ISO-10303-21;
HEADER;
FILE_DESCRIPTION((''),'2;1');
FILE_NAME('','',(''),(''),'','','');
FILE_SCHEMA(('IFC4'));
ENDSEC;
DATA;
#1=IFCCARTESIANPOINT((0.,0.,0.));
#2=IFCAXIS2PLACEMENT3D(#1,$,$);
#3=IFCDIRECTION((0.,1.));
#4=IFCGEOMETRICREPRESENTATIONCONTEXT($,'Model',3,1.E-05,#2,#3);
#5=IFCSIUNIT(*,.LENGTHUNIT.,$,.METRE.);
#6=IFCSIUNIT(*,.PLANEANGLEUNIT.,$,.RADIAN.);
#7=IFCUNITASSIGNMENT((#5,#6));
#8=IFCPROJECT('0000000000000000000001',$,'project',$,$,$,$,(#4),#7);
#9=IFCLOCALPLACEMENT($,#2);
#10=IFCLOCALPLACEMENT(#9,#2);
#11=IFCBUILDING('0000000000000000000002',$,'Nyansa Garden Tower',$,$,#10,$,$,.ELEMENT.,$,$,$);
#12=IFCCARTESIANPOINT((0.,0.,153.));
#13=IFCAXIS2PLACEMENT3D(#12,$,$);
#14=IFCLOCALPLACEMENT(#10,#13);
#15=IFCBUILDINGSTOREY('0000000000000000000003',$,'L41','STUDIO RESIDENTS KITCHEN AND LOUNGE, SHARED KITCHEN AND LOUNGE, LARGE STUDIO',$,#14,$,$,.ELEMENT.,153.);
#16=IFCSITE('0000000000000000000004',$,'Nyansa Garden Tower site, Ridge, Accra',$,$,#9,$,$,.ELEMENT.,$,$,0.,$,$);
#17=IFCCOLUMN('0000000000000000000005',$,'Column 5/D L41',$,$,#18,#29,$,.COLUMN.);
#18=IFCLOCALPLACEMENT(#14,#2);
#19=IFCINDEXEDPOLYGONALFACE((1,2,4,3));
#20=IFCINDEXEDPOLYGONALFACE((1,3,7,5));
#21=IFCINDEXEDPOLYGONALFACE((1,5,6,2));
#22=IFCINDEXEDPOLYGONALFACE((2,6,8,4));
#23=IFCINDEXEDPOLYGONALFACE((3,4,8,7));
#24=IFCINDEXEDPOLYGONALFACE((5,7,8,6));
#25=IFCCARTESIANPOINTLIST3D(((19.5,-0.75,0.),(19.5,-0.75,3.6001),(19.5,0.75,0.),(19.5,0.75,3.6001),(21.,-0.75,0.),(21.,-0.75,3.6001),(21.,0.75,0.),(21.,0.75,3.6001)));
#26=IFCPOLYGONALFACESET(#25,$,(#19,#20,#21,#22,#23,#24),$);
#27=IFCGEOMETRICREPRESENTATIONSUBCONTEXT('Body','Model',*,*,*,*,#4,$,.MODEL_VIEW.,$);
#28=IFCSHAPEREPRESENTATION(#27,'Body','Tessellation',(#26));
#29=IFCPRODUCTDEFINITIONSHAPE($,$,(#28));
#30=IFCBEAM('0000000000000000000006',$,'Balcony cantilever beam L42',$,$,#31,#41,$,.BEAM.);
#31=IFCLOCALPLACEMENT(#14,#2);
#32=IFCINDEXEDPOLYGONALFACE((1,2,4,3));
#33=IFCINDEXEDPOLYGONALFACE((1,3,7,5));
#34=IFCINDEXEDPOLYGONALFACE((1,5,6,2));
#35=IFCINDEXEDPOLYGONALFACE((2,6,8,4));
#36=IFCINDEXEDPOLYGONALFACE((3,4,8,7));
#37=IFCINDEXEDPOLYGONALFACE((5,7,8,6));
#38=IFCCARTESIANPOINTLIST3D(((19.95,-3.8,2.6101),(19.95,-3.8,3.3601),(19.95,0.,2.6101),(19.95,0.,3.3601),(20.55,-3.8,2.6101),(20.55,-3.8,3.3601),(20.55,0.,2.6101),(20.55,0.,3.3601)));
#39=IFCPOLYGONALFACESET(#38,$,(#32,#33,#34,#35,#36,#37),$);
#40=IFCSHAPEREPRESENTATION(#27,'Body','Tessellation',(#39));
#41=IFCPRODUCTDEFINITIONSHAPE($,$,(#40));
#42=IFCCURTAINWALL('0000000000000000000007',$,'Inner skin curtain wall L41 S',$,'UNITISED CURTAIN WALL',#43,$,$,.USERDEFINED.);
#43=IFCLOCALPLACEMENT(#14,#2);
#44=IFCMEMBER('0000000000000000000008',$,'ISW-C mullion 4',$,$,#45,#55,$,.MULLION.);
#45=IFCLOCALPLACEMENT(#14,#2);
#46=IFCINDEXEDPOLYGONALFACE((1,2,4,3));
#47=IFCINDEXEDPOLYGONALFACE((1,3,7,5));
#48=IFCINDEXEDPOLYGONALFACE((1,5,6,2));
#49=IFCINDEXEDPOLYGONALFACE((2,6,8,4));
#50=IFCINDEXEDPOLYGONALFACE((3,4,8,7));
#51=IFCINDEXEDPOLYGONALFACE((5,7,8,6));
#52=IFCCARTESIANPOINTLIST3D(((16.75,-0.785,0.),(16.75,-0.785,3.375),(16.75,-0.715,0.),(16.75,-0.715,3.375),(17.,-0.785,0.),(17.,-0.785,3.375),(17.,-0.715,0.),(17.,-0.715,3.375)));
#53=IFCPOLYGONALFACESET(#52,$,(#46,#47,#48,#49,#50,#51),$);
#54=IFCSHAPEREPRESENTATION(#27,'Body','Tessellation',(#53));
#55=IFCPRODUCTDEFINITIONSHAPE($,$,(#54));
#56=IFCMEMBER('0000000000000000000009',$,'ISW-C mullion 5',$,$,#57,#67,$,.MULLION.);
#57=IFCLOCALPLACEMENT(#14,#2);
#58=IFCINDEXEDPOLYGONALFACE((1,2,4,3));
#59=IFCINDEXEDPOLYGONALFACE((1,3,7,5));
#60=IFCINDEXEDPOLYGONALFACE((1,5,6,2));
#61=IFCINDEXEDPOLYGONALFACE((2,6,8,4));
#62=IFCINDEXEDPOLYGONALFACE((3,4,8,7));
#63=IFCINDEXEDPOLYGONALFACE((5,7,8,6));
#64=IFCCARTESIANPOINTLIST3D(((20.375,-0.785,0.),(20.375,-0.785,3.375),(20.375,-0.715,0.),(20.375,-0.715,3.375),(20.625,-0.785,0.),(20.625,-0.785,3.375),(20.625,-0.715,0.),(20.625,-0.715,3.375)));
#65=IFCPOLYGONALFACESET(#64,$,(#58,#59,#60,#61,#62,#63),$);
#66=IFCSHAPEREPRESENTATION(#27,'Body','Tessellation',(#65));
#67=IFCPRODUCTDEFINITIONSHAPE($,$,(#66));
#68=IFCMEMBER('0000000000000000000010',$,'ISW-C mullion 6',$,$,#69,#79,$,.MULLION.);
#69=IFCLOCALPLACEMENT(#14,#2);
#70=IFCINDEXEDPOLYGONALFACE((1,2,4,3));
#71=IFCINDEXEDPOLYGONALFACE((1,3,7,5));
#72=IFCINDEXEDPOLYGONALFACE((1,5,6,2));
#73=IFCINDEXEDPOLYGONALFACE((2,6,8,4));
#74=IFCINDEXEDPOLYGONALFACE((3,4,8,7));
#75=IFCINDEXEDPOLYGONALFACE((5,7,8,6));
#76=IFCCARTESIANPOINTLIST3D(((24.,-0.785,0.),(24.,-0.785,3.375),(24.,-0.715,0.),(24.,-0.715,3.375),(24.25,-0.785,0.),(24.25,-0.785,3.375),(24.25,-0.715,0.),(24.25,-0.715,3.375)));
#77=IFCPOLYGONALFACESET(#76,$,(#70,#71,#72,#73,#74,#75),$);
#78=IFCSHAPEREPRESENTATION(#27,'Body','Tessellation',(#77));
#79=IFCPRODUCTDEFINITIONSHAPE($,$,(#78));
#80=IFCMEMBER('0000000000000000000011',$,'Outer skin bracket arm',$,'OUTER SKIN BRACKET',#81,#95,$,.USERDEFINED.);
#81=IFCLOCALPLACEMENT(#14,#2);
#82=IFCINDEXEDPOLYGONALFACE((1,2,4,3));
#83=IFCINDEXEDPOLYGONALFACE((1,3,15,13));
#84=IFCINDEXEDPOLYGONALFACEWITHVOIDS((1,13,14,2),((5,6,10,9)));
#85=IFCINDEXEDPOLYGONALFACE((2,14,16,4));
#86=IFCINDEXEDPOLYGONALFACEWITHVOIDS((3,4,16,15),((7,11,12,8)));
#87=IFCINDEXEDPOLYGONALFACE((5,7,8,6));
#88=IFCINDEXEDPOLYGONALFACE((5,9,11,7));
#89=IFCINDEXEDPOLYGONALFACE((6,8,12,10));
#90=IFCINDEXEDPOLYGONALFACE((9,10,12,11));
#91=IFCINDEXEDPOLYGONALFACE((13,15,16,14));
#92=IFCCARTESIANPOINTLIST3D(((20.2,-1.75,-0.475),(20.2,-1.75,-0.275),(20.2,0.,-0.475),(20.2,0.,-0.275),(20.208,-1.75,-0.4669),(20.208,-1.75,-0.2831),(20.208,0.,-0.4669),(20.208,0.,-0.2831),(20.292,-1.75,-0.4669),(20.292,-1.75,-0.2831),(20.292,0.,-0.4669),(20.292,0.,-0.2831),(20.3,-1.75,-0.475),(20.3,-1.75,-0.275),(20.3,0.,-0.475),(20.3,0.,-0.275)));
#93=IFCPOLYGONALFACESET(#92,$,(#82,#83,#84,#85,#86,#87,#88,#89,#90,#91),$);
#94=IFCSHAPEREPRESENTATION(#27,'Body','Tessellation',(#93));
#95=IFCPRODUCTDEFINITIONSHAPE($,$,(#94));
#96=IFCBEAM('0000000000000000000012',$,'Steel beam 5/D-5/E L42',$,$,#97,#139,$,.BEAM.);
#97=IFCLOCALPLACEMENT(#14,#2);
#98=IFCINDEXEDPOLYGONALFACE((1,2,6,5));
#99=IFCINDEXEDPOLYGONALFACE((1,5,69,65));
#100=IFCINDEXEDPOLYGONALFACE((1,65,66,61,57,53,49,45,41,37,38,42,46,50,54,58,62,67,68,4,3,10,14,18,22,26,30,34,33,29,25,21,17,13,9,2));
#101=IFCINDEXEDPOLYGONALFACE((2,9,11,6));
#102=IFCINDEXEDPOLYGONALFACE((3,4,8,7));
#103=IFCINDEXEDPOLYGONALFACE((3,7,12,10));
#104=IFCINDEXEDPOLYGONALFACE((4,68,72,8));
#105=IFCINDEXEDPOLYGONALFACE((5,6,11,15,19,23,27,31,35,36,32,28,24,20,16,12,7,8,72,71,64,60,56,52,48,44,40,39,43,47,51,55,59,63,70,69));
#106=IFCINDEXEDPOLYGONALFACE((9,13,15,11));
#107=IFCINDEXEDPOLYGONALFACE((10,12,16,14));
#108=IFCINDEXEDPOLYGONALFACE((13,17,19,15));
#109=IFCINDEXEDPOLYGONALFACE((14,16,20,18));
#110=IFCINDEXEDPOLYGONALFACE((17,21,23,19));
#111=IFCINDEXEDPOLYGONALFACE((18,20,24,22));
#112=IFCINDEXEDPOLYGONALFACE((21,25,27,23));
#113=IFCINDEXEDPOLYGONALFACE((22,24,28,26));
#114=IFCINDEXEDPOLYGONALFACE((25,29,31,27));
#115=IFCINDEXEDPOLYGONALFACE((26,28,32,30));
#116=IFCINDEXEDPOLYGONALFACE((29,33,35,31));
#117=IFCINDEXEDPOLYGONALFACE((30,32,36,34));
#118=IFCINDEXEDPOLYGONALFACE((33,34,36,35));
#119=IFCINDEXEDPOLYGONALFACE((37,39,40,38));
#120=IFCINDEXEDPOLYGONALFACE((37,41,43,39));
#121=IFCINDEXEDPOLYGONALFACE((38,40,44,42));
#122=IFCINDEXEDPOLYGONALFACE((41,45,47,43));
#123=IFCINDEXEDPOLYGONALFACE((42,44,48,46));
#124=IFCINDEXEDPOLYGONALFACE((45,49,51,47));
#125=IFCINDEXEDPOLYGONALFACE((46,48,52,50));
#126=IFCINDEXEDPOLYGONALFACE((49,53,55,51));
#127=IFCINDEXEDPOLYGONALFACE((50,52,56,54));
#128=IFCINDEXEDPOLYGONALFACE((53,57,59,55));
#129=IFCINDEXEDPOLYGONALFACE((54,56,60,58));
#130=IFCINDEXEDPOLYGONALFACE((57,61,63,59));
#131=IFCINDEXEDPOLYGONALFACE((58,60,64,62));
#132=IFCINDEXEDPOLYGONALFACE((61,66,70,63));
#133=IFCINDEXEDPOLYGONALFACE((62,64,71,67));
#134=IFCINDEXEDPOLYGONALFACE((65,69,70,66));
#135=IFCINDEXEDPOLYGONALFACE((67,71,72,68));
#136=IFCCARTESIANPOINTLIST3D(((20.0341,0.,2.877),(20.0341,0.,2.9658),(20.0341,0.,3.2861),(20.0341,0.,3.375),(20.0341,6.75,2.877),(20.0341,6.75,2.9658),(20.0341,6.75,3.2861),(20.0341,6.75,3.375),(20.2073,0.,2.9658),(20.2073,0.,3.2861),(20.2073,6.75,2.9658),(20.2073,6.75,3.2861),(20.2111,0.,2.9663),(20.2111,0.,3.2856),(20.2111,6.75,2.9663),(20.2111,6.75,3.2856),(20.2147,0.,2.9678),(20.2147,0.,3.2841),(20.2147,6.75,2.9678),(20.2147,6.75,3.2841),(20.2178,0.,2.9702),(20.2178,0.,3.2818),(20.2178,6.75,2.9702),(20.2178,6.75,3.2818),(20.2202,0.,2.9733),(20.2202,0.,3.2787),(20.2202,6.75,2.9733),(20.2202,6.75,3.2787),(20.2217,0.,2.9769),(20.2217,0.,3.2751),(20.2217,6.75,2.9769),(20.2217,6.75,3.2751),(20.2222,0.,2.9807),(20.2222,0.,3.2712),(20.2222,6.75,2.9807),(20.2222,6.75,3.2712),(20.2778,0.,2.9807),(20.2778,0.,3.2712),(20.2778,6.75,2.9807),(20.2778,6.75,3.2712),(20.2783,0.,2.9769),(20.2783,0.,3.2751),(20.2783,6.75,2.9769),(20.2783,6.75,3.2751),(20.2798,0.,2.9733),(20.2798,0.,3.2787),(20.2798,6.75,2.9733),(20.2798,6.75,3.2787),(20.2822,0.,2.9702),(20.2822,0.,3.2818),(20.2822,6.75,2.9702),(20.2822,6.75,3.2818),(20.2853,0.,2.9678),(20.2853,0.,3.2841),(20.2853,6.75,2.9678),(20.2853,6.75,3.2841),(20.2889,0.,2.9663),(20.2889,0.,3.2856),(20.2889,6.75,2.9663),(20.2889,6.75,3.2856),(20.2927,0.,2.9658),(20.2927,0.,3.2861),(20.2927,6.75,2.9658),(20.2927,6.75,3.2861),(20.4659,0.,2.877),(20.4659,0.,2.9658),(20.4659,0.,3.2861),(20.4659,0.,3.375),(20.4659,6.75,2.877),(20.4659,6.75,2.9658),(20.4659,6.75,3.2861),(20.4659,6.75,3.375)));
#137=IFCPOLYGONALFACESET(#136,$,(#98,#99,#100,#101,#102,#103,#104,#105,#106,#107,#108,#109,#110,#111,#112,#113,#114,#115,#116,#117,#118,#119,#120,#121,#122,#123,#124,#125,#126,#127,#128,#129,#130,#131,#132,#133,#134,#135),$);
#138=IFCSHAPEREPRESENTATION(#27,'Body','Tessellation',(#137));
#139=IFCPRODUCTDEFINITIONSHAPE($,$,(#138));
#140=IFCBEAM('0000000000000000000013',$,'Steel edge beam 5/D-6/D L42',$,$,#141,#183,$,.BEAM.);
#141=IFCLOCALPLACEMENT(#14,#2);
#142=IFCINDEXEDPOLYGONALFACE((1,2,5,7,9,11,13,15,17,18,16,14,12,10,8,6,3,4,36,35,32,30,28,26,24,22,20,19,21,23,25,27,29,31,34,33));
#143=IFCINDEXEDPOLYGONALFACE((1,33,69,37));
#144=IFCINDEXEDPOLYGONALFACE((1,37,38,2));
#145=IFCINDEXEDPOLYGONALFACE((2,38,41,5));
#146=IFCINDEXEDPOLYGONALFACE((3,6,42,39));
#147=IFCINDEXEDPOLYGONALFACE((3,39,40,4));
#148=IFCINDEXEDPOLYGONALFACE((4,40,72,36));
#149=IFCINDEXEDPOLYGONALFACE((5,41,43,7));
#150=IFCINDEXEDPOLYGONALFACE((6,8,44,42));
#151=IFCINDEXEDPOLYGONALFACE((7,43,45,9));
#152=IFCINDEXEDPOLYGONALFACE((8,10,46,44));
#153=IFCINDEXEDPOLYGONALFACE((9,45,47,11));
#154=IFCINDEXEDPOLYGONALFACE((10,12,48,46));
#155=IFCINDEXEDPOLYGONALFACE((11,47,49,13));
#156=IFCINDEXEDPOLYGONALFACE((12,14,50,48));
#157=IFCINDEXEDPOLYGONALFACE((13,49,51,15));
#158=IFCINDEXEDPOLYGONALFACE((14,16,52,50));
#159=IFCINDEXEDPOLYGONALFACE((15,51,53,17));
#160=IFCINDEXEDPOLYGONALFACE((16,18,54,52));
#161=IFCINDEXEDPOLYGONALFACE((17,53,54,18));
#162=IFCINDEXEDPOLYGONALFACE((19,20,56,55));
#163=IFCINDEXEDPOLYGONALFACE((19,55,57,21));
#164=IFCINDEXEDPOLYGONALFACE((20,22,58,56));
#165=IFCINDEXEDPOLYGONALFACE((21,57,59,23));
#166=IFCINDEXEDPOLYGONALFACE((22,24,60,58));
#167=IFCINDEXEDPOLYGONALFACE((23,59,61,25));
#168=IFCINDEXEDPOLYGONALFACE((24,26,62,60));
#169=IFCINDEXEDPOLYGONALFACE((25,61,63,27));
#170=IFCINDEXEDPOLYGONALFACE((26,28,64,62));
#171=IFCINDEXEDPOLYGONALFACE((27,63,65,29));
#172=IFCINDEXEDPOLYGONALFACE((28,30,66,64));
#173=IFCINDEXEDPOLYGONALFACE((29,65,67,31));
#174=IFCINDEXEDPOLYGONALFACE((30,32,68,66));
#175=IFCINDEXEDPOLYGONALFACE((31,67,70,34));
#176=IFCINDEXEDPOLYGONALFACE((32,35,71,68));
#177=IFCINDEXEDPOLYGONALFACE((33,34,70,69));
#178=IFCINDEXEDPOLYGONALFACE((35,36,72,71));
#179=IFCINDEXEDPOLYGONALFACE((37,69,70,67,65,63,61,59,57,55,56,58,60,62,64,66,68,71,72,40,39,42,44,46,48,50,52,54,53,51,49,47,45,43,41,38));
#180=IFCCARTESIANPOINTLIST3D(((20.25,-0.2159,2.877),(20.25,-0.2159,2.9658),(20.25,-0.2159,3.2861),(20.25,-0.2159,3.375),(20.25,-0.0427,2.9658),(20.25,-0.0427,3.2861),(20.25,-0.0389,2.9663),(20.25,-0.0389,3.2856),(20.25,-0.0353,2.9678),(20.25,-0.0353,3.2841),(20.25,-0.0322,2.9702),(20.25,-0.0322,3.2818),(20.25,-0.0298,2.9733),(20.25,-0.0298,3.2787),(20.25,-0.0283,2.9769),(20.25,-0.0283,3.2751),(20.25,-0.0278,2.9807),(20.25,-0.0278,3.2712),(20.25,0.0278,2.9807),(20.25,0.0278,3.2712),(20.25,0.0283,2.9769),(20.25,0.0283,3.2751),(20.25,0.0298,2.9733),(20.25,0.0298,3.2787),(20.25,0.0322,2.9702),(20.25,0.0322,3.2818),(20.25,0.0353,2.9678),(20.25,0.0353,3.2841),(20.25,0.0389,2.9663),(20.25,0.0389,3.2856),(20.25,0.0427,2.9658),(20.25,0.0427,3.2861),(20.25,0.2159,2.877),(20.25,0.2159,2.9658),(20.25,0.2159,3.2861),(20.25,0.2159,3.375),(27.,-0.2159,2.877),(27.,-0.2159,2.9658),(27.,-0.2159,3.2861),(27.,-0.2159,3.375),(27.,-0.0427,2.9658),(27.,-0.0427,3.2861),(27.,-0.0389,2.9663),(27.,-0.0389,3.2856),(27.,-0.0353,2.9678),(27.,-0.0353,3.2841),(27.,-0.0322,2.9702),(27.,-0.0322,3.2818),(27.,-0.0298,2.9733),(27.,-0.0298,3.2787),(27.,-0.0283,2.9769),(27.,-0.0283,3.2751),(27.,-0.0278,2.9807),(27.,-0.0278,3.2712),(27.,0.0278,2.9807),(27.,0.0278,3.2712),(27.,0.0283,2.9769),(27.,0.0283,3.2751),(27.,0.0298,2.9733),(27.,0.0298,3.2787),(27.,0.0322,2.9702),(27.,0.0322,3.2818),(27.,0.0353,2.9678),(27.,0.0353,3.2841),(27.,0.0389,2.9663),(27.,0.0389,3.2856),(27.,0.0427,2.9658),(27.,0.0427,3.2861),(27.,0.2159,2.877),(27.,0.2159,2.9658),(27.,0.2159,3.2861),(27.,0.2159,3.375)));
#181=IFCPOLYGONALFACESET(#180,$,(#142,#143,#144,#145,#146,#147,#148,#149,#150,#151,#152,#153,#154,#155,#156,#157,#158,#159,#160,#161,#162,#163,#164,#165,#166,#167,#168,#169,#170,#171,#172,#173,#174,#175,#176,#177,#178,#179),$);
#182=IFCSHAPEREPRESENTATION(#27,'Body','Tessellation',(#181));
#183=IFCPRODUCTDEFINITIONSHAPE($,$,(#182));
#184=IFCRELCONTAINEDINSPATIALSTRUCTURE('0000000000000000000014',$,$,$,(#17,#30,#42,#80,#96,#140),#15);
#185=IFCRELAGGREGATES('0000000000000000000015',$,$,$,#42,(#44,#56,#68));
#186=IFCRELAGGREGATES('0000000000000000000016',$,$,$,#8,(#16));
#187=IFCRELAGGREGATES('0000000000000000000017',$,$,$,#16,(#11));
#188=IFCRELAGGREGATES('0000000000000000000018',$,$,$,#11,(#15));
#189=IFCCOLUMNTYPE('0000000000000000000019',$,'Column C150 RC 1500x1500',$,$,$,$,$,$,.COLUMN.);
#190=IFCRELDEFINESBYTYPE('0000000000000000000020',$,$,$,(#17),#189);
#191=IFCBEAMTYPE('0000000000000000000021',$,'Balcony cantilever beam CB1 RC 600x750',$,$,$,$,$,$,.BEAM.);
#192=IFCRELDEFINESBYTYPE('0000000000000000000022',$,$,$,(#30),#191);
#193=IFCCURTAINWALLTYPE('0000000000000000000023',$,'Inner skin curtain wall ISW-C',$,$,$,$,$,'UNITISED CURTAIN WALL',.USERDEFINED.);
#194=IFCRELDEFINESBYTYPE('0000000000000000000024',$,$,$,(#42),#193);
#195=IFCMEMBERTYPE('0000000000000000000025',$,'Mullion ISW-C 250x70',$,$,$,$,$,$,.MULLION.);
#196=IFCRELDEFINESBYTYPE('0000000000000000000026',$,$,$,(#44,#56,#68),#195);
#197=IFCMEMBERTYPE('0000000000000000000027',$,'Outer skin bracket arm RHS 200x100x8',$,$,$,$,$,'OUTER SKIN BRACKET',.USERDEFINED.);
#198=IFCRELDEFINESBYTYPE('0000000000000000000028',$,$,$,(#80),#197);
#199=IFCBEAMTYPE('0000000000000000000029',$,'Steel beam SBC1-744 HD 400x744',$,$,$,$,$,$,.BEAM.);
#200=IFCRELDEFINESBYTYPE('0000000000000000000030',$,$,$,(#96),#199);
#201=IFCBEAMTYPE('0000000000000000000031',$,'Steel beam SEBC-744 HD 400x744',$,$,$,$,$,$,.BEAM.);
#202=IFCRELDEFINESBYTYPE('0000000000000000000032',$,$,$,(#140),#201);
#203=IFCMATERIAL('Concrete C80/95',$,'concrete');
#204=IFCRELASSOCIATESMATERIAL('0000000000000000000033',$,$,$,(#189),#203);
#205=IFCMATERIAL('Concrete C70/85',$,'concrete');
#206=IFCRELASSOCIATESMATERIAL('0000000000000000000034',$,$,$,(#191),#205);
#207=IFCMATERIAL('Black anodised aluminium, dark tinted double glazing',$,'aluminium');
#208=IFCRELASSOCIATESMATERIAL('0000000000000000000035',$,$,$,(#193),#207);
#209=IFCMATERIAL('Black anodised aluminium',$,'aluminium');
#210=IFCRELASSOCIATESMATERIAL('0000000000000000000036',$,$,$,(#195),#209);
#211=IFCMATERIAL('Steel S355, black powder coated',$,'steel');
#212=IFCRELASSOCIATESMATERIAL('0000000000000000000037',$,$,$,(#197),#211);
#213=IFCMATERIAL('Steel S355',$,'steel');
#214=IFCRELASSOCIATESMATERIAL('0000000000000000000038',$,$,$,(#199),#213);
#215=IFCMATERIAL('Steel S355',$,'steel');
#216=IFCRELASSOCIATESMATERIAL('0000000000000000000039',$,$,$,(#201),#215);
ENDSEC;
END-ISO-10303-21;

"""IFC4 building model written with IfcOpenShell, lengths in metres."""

from ifc_helpers import new_model, si_unit, direction, frame, origin, origin_2d, place, context, subcontext, project, spatial, rectangle, hollow_rectangle, i_section, extrude, material, material_profile, profile_set, type_object, element, aggregate, save


model = new_model("IFC4")

# Units and contexts
model_context = context("Model", 3, precision=1e-05, world=origin(), true_north=direction((0.0, 1.0)))
body_context = subcontext(model_context, "Body", "Model", "MODEL_VIEW")
ifc_project = project(units=[si_unit("LENGTHUNIT", "METRE"), si_unit("PLANEANGLEUNIT", "RADIAN")], contexts=[model_context])

# Site, building, storey
site_placement = place(None, origin())
site = spatial("IfcSite", under=ifc_project, at=site_placement, Name="Nyansa Garden Tower site, Ridge, Accra", CompositionType="ELEMENT", RefElevation=0.0)
building_placement = place(site_placement, origin())
building = spatial("IfcBuilding", under=site, at=building_placement, Name="Nyansa Garden Tower", CompositionType="ELEMENT")
storey_placement = place(building_placement, frame((0.0, 0.0, 153.0)))
storey = spatial("IfcBuildingStorey", under=building, at=storey_placement, Name="L41", Description="STUDIO RESIDENTS KITCHEN AND LOUNGE, SHARED KITCHEN AND LOUNGE, LARGE STUDIO", CompositionType="ELEMENT", Elevation=153.0)

# Column
ifc_material_1 = material(Name="Concrete C80/95", Category="concrete")
ifc_material_profile_1 = material_profile(ifc_material_1, rectangle(XDim=1.5, YDim=1.5, at=origin_2d()), Name="RC 1500x1500")
ifc_profile_set_1 = profile_set([ifc_material_profile_1], Name="Concrete C80/95")
column_type = type_object("IfcColumnType", Name="Column C150 RC 1500x1500", PredefinedType="COLUMN", material=ifc_profile_set_1)
column_placement = place(storey_placement, frame((20.25, 0.0, 0.0), z_axis=(0.0, 0.0, 1.0), x_axis=(1.0, 0.0, 0.0)))
element("IfcColumn", 1, at=column_placement, inside=storey, type_object=column_type, Name="Column 5/D L41", PredefinedType="COLUMN", context=body_context, shape_type="SweptSolid", body=[
    extrude(rectangle(XDim=1.5, YDim=1.5, at=origin_2d()), origin(), (0.0, 0.0, 1.0), 3.6001),
])

# Beam
ifc_material_2 = material(Name="Concrete C70/85", Category="concrete")
ifc_material_profile_2 = material_profile(ifc_material_2, rectangle(XDim=0.6001, YDim=0.75, at=origin_2d()), Name="RC 600x750")
ifc_profile_set_2 = profile_set([ifc_material_profile_2], Name="Concrete C70/85")
beam_type_1 = type_object("IfcBeamType", Name="Balcony cantilever beam CB1 RC 600x750", PredefinedType="BEAM", material=ifc_profile_set_2)
beam_1_placement = place(storey_placement, frame((20.25, 0.0, 2.9851), z_axis=(0.0, -1.0, 0.0), x_axis=(1.0, 0.0, 0.0)))
element("IfcBeam", 2, at=beam_1_placement, inside=storey, type_object=beam_type_1, Name="Balcony cantilever beam L42", PredefinedType="BEAM", context=body_context, shape_type="SweptSolid", body=[
    extrude(rectangle(XDim=0.6001, YDim=0.75, at=origin_2d()), origin(), (0.0, 0.0, 1.0), 3.8),
])

# Curtain wall, members
ifc_material_3 = material(Name="Black anodised aluminium, dark tinted double glazing", Category="aluminium")
curtain_wall_type = type_object("IfcCurtainWallType", Name="Inner skin curtain wall ISW-C", ElementType="UNITISED CURTAIN WALL", PredefinedType="USERDEFINED", material=ifc_material_3)
curtain_wall_placement = place(storey_placement, origin())
curtain_wall = element("IfcCurtainWall", 3, at=curtain_wall_placement, inside=storey, type_object=curtain_wall_type, Name="Inner skin curtain wall L41 S", ObjectType="UNITISED CURTAIN WALL", PredefinedType="USERDEFINED")
ifc_material_4 = material(Name="Black anodised aluminium", Category="aluminium")
ifc_material_profile_3 = material_profile(ifc_material_4, rectangle(XDim=0.0701, YDim=0.25, at=origin_2d()), Name="Mullion 250x70")
ifc_profile_set_3 = profile_set([ifc_material_profile_3], Name="Black anodised aluminium")
member_type_1 = type_object("IfcMemberType", Name="Mullion ISW-C 250x70", PredefinedType="MULLION", material=ifc_profile_set_3)
member_1_placement = place(storey_placement, frame((16.875, -0.75, 0.0), z_axis=(0.0, 0.0, 1.0), x_axis=(0.0, 1.0, 0.0)))
member_1 = element("IfcMember", 4, at=member_1_placement, type_object=member_type_1, Name="ISW-C mullion 4", PredefinedType="MULLION", context=body_context, shape_type="SweptSolid", body=[
    extrude(rectangle(XDim=0.0701, YDim=0.25, at=origin_2d()), origin(), (0.0, 0.0, 1.0), 3.375),
])
member_2_placement = place(storey_placement, frame((20.5, -0.75, 0.0), z_axis=(0.0, 0.0, 1.0), x_axis=(0.0, 1.0, 0.0)))
member_2 = element("IfcMember", 5, at=member_2_placement, type_object=member_type_1, Name="ISW-C mullion 5", PredefinedType="MULLION", context=body_context, shape_type="SweptSolid", body=[
    extrude(rectangle(XDim=0.0701, YDim=0.25, at=origin_2d()), origin(), (0.0, 0.0, 1.0), 3.375),
])
member_3_placement = place(storey_placement, frame((24.125, -0.75, 0.0), z_axis=(0.0, 0.0, 1.0), x_axis=(0.0, 1.0, 0.0)))
member_3 = element("IfcMember", 6, at=member_3_placement, type_object=member_type_1, Name="ISW-C mullion 6", PredefinedType="MULLION", context=body_context, shape_type="SweptSolid", body=[
    extrude(rectangle(XDim=0.0701, YDim=0.25, at=origin_2d()), origin(), (0.0, 0.0, 1.0), 3.375),
])

# Member
ifc_material_5 = material(Name="Steel S355, black powder coated", Category="steel")
ifc_material_profile_4 = material_profile(ifc_material_5, hollow_rectangle(XDim=0.1001, YDim=0.2, WallThickness=0.0081, at=origin_2d()), Name="RHS 200x100x8")
ifc_profile_set_4 = profile_set([ifc_material_profile_4], Name="Steel S355, black powder coated")
member_type_2 = type_object("IfcMemberType", Name="Outer skin bracket arm RHS 200x100x8", ElementType="OUTER SKIN BRACKET", PredefinedType="USERDEFINED", material=ifc_profile_set_4)
member_4_placement = place(storey_placement, frame((20.25, 0.0, -0.375), z_axis=(0.0, -1.0, 0.0), x_axis=(1.0, 0.0, 0.0)))
element("IfcMember", 7, at=member_4_placement, inside=storey, type_object=member_type_2, Name="Outer skin bracket arm", ObjectType="OUTER SKIN BRACKET", PredefinedType="USERDEFINED", context=body_context, shape_type="SweptSolid", body=[
    extrude(hollow_rectangle(XDim=0.1001, YDim=0.2, WallThickness=0.0081, at=origin_2d()), origin(), (0.0, 0.0, 1.0), 1.75),
])

# Beams
ifc_material_6 = material(Name="Steel S355", Category="steel")
ifc_material_profile_5 = material_profile(ifc_material_6, i_section(OverallWidth=0.4319, OverallDepth=0.498, WebThickness=0.0557, FlangeThickness=0.0889, FilletRadius=0.0149, at=origin_2d()), Name="HD 400x744")
ifc_profile_set_5 = profile_set([ifc_material_profile_5], Name="Steel S355")
beam_type_2 = type_object("IfcBeamType", Name="Steel beam SBC1-744 HD 400x744", PredefinedType="BEAM", material=ifc_profile_set_5)
beam_2_placement = place(storey_placement, frame((20.25, 0.0, 3.126), z_axis=(0.0, 1.0, 0.0), x_axis=(-1.0, 0.0, 0.0)))
element("IfcBeam", 8, at=beam_2_placement, inside=storey, type_object=beam_type_2, Name="Steel beam 5/D-5/E L42", PredefinedType="BEAM", context=body_context, shape_type="SweptSolid", body=[
    extrude(i_section(OverallWidth=0.4319, OverallDepth=0.498, WebThickness=0.0557, FlangeThickness=0.0889, FilletRadius=0.0149, at=origin_2d()), origin(), (0.0, 0.0, 1.0), 6.75),
])
ifc_material_7 = material(Name="Steel S355", Category="steel")
ifc_material_profile_6 = material_profile(ifc_material_7, i_section(OverallWidth=0.4319, OverallDepth=0.498, WebThickness=0.0557, FlangeThickness=0.0889, FilletRadius=0.0149, at=origin_2d()), Name="HD 400x744")
ifc_profile_set_6 = profile_set([ifc_material_profile_6], Name="Steel S355")
beam_type_3 = type_object("IfcBeamType", Name="Steel beam SEBC-744 HD 400x744", PredefinedType="BEAM", material=ifc_profile_set_6)
beam_3_placement = place(storey_placement, frame((20.25, 0.0, 3.126), z_axis=(1.0, 0.0, 0.0), x_axis=(0.0, 1.0, 0.0)))
element("IfcBeam", 9, at=beam_3_placement, inside=storey, type_object=beam_type_3, Name="Steel edge beam 5/D-6/D L42", PredefinedType="BEAM", context=body_context, shape_type="SweptSolid", body=[
    extrude(i_section(OverallWidth=0.4319, OverallDepth=0.498, WebThickness=0.0557, FlangeThickness=0.0889, FilletRadius=0.0149, at=origin_2d()), origin(), (0.0, 0.0, 1.0), 6.75),
])

aggregate(curtain_wall, [member_1, member_2, member_3])

save(model, "model.ifc")
